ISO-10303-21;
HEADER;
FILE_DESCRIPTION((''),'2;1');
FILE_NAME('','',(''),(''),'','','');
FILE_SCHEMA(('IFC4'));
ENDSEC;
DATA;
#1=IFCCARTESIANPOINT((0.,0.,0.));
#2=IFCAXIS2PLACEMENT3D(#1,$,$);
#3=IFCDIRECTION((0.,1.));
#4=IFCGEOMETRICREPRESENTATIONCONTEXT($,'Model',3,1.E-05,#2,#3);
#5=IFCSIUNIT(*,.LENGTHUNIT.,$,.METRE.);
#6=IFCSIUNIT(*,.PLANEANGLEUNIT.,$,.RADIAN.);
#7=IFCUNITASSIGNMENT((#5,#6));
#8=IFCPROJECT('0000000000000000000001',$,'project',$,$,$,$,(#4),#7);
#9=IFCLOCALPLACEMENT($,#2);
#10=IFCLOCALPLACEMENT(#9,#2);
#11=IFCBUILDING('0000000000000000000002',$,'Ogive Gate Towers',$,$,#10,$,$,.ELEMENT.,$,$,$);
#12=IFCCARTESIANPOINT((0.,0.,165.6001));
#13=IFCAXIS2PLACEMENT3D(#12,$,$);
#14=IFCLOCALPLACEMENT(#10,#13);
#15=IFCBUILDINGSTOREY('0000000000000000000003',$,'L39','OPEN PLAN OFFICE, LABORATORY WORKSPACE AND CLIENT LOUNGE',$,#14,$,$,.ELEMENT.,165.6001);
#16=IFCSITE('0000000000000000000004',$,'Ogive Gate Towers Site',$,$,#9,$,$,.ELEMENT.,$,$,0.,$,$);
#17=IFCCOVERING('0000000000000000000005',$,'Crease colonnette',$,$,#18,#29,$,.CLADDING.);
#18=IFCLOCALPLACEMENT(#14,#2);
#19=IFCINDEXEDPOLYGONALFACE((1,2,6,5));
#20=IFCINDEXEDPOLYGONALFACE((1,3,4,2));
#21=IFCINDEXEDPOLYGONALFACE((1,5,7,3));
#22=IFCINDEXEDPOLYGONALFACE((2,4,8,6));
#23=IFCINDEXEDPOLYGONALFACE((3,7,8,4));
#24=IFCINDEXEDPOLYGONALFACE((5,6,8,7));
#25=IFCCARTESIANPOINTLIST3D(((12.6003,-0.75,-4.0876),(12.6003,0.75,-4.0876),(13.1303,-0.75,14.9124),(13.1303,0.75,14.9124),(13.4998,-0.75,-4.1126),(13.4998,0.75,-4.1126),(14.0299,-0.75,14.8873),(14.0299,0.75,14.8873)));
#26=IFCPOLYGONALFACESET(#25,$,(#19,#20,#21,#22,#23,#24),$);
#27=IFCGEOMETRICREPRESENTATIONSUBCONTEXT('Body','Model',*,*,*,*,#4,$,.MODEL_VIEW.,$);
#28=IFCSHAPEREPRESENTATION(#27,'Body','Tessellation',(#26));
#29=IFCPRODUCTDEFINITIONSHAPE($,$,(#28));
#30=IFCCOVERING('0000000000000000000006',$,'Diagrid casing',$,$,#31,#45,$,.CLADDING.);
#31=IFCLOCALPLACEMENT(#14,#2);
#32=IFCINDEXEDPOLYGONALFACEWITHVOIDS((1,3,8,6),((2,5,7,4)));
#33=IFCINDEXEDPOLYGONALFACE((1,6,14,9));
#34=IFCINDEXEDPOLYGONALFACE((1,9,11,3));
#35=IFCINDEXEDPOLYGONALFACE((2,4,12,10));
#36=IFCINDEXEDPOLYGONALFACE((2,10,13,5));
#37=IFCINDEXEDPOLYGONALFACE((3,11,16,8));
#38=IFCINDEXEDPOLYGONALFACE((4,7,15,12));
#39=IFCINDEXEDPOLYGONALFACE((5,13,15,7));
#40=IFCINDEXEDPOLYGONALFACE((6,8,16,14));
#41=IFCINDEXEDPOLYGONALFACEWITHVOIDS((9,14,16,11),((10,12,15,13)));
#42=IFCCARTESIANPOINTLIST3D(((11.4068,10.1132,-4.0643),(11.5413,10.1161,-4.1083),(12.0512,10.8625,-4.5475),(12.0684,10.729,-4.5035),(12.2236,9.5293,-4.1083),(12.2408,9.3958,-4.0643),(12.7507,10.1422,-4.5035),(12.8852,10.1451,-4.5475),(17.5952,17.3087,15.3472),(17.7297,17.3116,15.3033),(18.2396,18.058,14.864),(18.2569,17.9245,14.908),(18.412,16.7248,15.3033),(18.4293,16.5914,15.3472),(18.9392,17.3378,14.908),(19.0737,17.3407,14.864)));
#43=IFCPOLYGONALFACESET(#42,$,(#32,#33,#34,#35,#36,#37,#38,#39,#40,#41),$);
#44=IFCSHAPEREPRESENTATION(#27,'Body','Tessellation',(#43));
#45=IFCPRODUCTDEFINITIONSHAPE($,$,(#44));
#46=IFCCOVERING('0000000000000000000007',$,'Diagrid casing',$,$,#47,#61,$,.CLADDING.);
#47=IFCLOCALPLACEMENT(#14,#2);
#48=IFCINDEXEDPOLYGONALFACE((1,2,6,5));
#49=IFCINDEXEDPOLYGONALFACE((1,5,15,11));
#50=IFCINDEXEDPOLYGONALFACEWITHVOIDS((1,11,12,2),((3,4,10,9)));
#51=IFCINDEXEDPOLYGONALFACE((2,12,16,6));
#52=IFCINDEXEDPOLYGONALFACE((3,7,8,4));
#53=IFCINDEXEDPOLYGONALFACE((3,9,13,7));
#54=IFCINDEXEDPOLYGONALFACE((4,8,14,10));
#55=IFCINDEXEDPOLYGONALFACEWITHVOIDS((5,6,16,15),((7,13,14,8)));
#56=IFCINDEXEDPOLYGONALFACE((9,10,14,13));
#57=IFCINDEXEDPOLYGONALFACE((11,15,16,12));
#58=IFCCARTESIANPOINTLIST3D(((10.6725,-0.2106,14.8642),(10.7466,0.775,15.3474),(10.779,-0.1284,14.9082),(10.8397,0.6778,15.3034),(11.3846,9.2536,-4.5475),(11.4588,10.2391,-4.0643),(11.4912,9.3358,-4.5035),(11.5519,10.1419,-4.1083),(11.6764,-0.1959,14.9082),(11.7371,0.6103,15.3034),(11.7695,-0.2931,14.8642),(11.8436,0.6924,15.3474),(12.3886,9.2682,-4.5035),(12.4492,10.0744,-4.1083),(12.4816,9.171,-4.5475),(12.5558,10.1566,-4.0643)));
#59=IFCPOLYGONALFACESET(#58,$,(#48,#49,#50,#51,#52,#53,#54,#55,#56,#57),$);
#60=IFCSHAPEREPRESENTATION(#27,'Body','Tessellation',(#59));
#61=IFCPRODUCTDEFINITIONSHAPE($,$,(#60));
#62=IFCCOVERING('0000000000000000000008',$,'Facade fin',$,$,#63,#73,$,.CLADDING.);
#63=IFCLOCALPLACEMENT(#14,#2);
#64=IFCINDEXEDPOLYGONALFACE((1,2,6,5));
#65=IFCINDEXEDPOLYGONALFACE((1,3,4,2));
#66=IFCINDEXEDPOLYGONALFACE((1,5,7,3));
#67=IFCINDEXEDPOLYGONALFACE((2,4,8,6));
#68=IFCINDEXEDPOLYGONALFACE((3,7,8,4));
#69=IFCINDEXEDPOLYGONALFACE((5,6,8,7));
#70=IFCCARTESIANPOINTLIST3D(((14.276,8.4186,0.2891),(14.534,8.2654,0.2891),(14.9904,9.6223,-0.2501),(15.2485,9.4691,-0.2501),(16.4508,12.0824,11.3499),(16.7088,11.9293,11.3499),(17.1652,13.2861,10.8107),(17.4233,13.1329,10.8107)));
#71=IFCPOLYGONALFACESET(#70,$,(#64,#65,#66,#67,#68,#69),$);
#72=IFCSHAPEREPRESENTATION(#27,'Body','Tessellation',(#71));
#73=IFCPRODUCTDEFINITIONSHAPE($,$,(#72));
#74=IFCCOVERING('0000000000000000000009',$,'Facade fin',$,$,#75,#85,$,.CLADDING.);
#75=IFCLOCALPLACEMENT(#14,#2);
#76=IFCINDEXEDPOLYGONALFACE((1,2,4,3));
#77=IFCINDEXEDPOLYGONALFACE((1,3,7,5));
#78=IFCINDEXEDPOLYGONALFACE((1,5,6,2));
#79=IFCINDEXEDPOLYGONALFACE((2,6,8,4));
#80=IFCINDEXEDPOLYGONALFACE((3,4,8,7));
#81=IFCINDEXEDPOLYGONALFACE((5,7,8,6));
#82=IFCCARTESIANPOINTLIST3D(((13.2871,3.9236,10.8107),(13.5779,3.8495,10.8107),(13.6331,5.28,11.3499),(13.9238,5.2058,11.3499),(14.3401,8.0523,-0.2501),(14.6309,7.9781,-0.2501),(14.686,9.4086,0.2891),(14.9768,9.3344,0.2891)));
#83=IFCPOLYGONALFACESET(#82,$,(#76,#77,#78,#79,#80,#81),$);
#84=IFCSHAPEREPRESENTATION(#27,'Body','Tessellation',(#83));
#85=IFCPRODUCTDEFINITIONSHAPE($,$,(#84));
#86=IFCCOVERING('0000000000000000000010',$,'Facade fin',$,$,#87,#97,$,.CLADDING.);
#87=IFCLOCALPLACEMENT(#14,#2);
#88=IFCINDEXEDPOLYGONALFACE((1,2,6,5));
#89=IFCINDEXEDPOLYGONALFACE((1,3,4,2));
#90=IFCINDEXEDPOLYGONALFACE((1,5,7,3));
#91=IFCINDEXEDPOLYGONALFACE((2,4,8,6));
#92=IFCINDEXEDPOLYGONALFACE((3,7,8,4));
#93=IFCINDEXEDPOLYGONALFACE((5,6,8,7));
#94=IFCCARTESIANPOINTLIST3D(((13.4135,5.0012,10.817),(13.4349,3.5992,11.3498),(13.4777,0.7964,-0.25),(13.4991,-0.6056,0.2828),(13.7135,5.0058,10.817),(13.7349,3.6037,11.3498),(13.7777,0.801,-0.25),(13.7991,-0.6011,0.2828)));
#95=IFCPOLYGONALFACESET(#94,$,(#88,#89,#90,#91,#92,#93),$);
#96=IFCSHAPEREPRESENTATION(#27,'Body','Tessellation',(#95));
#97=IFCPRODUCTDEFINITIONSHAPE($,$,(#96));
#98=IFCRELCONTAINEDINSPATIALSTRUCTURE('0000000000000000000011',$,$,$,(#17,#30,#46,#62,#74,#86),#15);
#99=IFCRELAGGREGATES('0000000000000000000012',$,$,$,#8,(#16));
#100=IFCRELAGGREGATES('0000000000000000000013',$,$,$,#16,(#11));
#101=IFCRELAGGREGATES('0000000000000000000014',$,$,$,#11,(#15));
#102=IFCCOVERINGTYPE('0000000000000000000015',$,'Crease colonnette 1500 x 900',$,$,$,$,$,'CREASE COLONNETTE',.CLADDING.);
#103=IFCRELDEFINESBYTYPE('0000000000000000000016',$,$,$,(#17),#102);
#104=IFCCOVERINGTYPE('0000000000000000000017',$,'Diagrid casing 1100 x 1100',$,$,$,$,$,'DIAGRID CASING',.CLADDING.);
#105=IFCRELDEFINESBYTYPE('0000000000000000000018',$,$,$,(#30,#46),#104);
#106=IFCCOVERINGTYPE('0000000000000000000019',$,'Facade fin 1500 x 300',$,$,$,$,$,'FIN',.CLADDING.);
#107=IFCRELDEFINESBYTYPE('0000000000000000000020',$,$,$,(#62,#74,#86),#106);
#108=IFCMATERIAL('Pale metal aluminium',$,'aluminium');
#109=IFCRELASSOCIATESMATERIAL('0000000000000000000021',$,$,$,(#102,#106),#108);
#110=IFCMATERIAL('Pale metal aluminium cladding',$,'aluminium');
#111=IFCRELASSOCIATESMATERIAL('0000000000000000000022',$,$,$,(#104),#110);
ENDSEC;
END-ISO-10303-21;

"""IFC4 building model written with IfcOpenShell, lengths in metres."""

from ifc_helpers import new_model, si_unit, direction, frame, origin, origin_2d, place, context, subcontext, project, spatial, rectangle, hollow_rectangle, extrude, material, material_profile, profile_set, type_object, element, save


model = new_model("IFC4")

# Units and contexts
model_context = context("Model", 3, precision=1e-05, world=origin(), true_north=direction((0.0, 1.0)))
body_context = subcontext(model_context, "Body", "Model", "MODEL_VIEW")
ifc_project = project(units=[si_unit("LENGTHUNIT", "METRE"), si_unit("PLANEANGLEUNIT", "RADIAN")], contexts=[model_context])

# Site, building, storey
site_placement = place(None, origin())
site = spatial("IfcSite", under=ifc_project, at=site_placement, Name="Ogive Gate Towers Site", CompositionType="ELEMENT", RefElevation=0.0)
building_placement = place(site_placement, origin())
building = spatial("IfcBuilding", under=site, at=building_placement, Name="Ogive Gate Towers", CompositionType="ELEMENT")
storey_placement = place(building_placement, frame((0.0, 0.0, 165.6001)))
storey = spatial("IfcBuildingStorey", under=building, at=storey_placement, Name="L39", Description="OPEN PLAN OFFICE, LABORATORY WORKSPACE AND CLIENT LOUNGE", CompositionType="ELEMENT", Elevation=165.6001)

# Shared definitions
ifc_material_1 = material(Name="Pale metal aluminium", Category="aluminium")

# Coverings
ifc_material_profile_1 = material_profile(ifc_material_1, rectangle(XDim=1.5, YDim=0.8999, at=origin_2d()), Name="1500 x 900 pale metal aluminium")
ifc_profile_set_1 = profile_set([ifc_material_profile_1], Name="Pale metal aluminium")
covering_type_1 = type_object("IfcCoveringType", Name="Crease colonnette 1500 x 900", ElementType="CREASE COLONNETTE", PredefinedType="CLADDING", material=ifc_profile_set_1)
covering_1_placement = place(storey_placement, frame((13.05, 0.0, -4.1001), z_axis=(0.027885, 0.0, 0.999611), x_axis=(0.0, 1.0, 0.0)))
element("IfcCovering", 1, at=covering_1_placement, inside=storey, type_object=covering_type_1, Name="Crease colonnette", PredefinedType="CLADDING", context=body_context, shape_type="SweptSolid", body=[
    extrude(rectangle(XDim=1.5, YDim=0.8999, at=origin_2d()), origin(), (0.0, 0.0, 1.0), 19.0073),
])
ifc_material_2 = material(Name="Pale metal aluminium cladding", Category="aluminium")
ifc_material_profile_2 = material_profile(ifc_material_2, hollow_rectangle(XDim=1.1001, YDim=1.1001, WallThickness=0.1001, at=origin_2d()), Name="1100 x 1100 pale metal casing")
ifc_profile_set_2 = profile_set([ifc_material_profile_2], Name="Pale metal aluminium cladding")
covering_type_2 = type_object("IfcCoveringType", Name="Diagrid casing 1100 x 1100", ElementType="DIAGRID CASING", PredefinedType="CLADDING", material=ifc_profile_set_2)
covering_2_placement = place(storey_placement, frame((12.146, 10.1292, -4.3059), z_axis=(0.286404, 0.333012, 0.898374), x_axis=(-0.75817, 0.652057, 0.0)))
element("IfcCovering", 2, at=covering_2_placement, inside=storey, type_object=covering_type_2, Name="Diagrid casing", PredefinedType="CLADDING", context=body_context, shape_type="SweptSolid", body=[
    extrude(hollow_rectangle(XDim=1.1001, YDim=1.1001, WallThickness=0.1001, at=origin_2d()), origin(), (0.0, 0.0, 1.0), 21.6074),
])
covering_3_placement = place(storey_placement, frame((11.9702, 9.7051, -4.3059), z_axis=(-0.032959, -0.438, 0.898371), x_axis=(0.997181, -0.075036, 0.0)))
element("IfcCovering", 3, at=covering_3_placement, inside=storey, type_object=covering_type_2, Name="Diagrid casing", PredefinedType="CLADDING", context=body_context, shape_type="SweptSolid", body=[
    extrude(hollow_rectangle(XDim=1.1001, YDim=1.1001, WallThickness=0.1001, at=origin_2d()), origin(), (0.0, 0.0, 1.0), 21.6077),
])
ifc_material_profile_3 = material_profile(ifc_material_1, rectangle(XDim=0.3, YDim=1.5, at=origin_2d()), Name="1500 x 300 pale metal aluminium")
ifc_profile_set_3 = profile_set([ifc_material_profile_3], Name="Pale metal aluminium")
covering_type_3 = type_object("IfcCoveringType", Name="Facade fin 1500 x 300", ElementType="FIN", PredefinedType="CLADDING", material=ifc_profile_set_3)
for number, where, z_axis, x_axis, name in (
    (4, (14.7622, 8.9438, 0.0195), (0.183481, 0.309104, 0.933161), (-0.859915, 0.510437, 0.0), "Facade fin"),
    (5, (14.6584, 8.6934, 0.0195), (-0.088836, -0.34832, 0.933157), (0.968982, -0.24713, 0.0), "Facade fin"),
):
    element("IfcCovering", number, at=place(storey_placement, frame(where, z_axis=z_axis, x_axis=x_axis)), inside=storey, type_object=covering_type_3, Name=name, PredefinedType="CLADDING", context=body_context, shape_type="SweptSolid", body=[
        extrude(rectangle(XDim=0.3, YDim=1.5, at=origin_2d()), origin(), (0.0, 0.0, 1.0), 11.853),
    ])
covering_4_placement = place(storey_placement, frame((13.6384, 0.0977, 0.0164), z_axis=(-0.005423, 0.355162, 0.934789), x_axis=(-0.999883, -0.015268, 0.0)))
element("IfcCovering", 6, at=covering_4_placement, inside=storey, type_object=covering_type_3, Name="Facade fin", PredefinedType="CLADDING", context=body_context, shape_type="SweptSolid", body=[
    extrude(rectangle(XDim=0.3, YDim=1.5, at=origin_2d()), origin(), (0.0, 0.0, 1.0), 11.8391),
])

save(model, "model.ifc")
